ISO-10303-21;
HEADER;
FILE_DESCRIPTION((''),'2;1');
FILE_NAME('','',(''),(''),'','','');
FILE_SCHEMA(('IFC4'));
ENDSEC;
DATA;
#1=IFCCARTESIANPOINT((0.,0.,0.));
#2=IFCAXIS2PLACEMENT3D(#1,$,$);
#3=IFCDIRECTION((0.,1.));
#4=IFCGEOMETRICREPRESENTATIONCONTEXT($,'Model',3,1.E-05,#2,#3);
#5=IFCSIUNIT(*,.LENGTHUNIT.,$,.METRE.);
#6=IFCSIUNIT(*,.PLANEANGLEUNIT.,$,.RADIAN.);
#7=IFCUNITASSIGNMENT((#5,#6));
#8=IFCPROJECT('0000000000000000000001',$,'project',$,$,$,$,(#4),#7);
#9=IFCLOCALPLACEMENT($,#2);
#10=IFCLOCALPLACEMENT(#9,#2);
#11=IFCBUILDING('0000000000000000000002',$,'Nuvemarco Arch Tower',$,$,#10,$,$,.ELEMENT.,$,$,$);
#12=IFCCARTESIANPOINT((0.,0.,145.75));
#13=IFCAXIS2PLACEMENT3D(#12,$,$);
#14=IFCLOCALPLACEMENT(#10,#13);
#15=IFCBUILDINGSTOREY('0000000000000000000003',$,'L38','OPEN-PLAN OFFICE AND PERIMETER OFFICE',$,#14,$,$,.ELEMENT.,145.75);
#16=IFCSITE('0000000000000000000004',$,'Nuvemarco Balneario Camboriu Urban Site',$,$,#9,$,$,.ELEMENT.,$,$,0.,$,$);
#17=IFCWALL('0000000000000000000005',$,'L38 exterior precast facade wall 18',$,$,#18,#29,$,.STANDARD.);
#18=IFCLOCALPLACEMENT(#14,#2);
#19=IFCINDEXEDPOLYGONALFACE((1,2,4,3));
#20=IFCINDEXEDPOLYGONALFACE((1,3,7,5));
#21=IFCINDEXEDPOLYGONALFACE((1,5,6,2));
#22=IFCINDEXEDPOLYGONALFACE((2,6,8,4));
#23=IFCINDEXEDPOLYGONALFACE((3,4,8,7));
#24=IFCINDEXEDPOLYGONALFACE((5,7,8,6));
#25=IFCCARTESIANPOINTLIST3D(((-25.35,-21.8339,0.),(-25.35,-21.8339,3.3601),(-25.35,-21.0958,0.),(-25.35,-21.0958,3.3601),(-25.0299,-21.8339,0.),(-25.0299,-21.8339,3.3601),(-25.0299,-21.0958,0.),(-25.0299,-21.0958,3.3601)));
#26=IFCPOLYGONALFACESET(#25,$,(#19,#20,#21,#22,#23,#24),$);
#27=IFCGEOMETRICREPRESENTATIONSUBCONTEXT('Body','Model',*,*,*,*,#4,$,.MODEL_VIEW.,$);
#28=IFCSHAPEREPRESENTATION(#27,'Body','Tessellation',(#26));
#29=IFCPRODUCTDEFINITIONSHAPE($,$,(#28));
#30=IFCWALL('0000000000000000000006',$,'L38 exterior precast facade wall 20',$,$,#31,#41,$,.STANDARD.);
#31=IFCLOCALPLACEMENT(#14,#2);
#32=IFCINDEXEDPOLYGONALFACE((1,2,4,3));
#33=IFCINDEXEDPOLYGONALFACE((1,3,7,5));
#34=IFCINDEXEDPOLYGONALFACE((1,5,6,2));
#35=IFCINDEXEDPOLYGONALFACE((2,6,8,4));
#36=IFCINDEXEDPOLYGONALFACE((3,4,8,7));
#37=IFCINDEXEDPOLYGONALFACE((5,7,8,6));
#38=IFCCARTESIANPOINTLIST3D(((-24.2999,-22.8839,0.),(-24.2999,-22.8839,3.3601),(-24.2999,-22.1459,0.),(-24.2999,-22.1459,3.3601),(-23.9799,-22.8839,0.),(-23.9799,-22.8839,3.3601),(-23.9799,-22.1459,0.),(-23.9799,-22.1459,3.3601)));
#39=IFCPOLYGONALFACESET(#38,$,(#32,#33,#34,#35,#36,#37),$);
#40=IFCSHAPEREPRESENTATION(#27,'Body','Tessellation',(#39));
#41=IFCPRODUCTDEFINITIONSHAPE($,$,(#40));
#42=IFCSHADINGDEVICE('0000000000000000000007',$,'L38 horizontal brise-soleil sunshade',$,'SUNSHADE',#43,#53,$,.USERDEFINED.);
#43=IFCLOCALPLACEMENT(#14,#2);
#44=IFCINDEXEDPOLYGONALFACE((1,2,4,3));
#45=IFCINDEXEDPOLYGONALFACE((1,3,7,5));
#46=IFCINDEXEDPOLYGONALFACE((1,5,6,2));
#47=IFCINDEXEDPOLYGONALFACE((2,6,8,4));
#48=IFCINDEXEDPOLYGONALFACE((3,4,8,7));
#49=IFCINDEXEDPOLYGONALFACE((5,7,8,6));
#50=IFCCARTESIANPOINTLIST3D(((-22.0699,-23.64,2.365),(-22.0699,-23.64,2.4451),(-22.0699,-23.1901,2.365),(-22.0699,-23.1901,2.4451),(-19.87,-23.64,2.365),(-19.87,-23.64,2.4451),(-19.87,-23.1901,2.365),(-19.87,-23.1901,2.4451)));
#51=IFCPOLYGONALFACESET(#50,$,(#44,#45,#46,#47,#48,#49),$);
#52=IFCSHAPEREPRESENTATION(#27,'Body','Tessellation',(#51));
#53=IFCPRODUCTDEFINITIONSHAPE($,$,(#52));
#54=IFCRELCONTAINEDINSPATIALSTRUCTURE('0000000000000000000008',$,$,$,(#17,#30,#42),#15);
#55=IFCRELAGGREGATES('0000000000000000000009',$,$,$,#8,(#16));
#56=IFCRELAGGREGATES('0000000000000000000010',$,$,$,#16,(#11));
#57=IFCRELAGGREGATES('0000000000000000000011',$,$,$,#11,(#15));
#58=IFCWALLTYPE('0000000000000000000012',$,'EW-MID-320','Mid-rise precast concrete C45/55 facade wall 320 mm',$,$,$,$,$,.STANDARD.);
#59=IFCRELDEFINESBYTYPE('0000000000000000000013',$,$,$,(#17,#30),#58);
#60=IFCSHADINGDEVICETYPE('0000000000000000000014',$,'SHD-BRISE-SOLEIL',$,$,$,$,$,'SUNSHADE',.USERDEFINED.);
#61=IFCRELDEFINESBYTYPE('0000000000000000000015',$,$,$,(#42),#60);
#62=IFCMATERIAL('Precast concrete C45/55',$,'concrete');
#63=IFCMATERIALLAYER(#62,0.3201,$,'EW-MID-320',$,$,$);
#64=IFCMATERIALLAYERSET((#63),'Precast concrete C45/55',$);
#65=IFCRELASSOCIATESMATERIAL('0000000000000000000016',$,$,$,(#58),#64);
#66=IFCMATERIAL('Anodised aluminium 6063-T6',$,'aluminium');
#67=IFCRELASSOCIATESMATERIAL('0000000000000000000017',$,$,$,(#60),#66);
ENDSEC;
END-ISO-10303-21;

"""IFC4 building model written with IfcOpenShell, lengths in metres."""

from ifc_helpers import new_model, si_unit, direction, frame, frame_2d, origin, origin_2d, place, context, subcontext, project, spatial, rectangle, extrude, source, transform, mapped, material, layer, layer_set, type_object, type_shapes, element, save


model = new_model("IFC4")

# Units and contexts
model_context = context("Model", 3, precision=1e-05, world=origin(), true_north=direction((0.0, 1.0)))
body_context = subcontext(model_context, "Body", "Model", "MODEL_VIEW")
ifc_project = project(units=[si_unit("LENGTHUNIT", "METRE"), si_unit("PLANEANGLEUNIT", "RADIAN")], contexts=[model_context])

# Site, building, storey
site_placement = place(None, origin())
site = spatial("IfcSite", under=ifc_project, at=site_placement, Name="Nuvemarco Balneario Camboriu Urban Site", CompositionType="ELEMENT", RefElevation=0.0)
building_placement = place(site_placement, origin())
building = spatial("IfcBuilding", under=site, at=building_placement, Name="Nuvemarco Arch Tower", CompositionType="ELEMENT")
storey_placement = place(building_placement, frame((0.0, 0.0, 145.75)))
storey = spatial("IfcBuildingStorey", under=building, at=storey_placement, Name="L38", Description="OPEN-PLAN OFFICE AND PERIMETER OFFICE", CompositionType="ELEMENT", Elevation=145.75)

# Shared definitions
ifc_material_1 = material(Name="Precast concrete C45/55", Category="concrete")
ifc_layer = layer(ifc_material_1, 0.3201, Name="EW-MID-320")
ifc_layer_set = layer_set([ifc_layer], Name="Precast concrete C45/55")
wall_type = type_object("IfcWallType", Name="EW-MID-320", Description="Mid-rise precast concrete C45/55 facade wall 320 mm", PredefinedType="STANDARD", material=ifc_layer_set)

# Walls
for number, where, z_axis, x_axis, name in (
    (1, (-25.1899, -21.834, 0.0), (0.0, 0.0, 1.0), (0.0, 1.0, 0.0), "L38 exterior precast facade wall 18"),
    (2, (-24.1399, -22.884, 0.0), (0.0, 0.0, 1.0), (0.0, 1.0, 0.0), "L38 exterior precast facade wall 20"),
):
    element("IfcWall", number, at=place(storey_placement, frame(where, z_axis=z_axis, x_axis=x_axis)), inside=storey, type_object=wall_type, Name=name, PredefinedType="STANDARD", context=body_context, shape_type="SweptSolid", body=[
        extrude(rectangle(XDim=0.738, YDim=0.3201, at=frame_2d((0.3691, 0.0))), origin(), (0.0, 0.0, 1.0), 3.3601),
    ])

# Shading device
ifc_material_2 = material(Name="Anodised aluminium 6063-T6", Category="aluminium")
shading_device_type = type_object("IfcShadingDeviceType", Name="SHD-BRISE-SOLEIL", ElementType="SUNSHADE", PredefinedType="USERDEFINED", material=ifc_material_2)
shared_shape_1 = source(origin(), body_context, "Body", "SweptSolid", [
    extrude(rectangle(XDim=2.2, YDim=0.45, at=origin_2d()), origin(), (0.0, 0.0, 1.0), 0.0801),
])
type_shapes(shading_device_type, [shared_shape_1])
shading_device_placement = place(storey_placement, frame((-20.97, -23.415, 2.365), z_axis=(0.0, 0.0, 1.0), x_axis=(1.0, 0.0, 0.0)))
element("IfcShadingDevice", 3, at=shading_device_placement, inside=storey, type_object=shading_device_type, Name="L38 horizontal brise-soleil sunshade", ObjectType="SUNSHADE", PredefinedType="USERDEFINED", context=body_context, shape_type="MappedRepresentation", body=[
    mapped(shared_shape_1, transform((0.0, 0.0, 0.0), scale=1.0)),
])

save(model, "model.ifc")
